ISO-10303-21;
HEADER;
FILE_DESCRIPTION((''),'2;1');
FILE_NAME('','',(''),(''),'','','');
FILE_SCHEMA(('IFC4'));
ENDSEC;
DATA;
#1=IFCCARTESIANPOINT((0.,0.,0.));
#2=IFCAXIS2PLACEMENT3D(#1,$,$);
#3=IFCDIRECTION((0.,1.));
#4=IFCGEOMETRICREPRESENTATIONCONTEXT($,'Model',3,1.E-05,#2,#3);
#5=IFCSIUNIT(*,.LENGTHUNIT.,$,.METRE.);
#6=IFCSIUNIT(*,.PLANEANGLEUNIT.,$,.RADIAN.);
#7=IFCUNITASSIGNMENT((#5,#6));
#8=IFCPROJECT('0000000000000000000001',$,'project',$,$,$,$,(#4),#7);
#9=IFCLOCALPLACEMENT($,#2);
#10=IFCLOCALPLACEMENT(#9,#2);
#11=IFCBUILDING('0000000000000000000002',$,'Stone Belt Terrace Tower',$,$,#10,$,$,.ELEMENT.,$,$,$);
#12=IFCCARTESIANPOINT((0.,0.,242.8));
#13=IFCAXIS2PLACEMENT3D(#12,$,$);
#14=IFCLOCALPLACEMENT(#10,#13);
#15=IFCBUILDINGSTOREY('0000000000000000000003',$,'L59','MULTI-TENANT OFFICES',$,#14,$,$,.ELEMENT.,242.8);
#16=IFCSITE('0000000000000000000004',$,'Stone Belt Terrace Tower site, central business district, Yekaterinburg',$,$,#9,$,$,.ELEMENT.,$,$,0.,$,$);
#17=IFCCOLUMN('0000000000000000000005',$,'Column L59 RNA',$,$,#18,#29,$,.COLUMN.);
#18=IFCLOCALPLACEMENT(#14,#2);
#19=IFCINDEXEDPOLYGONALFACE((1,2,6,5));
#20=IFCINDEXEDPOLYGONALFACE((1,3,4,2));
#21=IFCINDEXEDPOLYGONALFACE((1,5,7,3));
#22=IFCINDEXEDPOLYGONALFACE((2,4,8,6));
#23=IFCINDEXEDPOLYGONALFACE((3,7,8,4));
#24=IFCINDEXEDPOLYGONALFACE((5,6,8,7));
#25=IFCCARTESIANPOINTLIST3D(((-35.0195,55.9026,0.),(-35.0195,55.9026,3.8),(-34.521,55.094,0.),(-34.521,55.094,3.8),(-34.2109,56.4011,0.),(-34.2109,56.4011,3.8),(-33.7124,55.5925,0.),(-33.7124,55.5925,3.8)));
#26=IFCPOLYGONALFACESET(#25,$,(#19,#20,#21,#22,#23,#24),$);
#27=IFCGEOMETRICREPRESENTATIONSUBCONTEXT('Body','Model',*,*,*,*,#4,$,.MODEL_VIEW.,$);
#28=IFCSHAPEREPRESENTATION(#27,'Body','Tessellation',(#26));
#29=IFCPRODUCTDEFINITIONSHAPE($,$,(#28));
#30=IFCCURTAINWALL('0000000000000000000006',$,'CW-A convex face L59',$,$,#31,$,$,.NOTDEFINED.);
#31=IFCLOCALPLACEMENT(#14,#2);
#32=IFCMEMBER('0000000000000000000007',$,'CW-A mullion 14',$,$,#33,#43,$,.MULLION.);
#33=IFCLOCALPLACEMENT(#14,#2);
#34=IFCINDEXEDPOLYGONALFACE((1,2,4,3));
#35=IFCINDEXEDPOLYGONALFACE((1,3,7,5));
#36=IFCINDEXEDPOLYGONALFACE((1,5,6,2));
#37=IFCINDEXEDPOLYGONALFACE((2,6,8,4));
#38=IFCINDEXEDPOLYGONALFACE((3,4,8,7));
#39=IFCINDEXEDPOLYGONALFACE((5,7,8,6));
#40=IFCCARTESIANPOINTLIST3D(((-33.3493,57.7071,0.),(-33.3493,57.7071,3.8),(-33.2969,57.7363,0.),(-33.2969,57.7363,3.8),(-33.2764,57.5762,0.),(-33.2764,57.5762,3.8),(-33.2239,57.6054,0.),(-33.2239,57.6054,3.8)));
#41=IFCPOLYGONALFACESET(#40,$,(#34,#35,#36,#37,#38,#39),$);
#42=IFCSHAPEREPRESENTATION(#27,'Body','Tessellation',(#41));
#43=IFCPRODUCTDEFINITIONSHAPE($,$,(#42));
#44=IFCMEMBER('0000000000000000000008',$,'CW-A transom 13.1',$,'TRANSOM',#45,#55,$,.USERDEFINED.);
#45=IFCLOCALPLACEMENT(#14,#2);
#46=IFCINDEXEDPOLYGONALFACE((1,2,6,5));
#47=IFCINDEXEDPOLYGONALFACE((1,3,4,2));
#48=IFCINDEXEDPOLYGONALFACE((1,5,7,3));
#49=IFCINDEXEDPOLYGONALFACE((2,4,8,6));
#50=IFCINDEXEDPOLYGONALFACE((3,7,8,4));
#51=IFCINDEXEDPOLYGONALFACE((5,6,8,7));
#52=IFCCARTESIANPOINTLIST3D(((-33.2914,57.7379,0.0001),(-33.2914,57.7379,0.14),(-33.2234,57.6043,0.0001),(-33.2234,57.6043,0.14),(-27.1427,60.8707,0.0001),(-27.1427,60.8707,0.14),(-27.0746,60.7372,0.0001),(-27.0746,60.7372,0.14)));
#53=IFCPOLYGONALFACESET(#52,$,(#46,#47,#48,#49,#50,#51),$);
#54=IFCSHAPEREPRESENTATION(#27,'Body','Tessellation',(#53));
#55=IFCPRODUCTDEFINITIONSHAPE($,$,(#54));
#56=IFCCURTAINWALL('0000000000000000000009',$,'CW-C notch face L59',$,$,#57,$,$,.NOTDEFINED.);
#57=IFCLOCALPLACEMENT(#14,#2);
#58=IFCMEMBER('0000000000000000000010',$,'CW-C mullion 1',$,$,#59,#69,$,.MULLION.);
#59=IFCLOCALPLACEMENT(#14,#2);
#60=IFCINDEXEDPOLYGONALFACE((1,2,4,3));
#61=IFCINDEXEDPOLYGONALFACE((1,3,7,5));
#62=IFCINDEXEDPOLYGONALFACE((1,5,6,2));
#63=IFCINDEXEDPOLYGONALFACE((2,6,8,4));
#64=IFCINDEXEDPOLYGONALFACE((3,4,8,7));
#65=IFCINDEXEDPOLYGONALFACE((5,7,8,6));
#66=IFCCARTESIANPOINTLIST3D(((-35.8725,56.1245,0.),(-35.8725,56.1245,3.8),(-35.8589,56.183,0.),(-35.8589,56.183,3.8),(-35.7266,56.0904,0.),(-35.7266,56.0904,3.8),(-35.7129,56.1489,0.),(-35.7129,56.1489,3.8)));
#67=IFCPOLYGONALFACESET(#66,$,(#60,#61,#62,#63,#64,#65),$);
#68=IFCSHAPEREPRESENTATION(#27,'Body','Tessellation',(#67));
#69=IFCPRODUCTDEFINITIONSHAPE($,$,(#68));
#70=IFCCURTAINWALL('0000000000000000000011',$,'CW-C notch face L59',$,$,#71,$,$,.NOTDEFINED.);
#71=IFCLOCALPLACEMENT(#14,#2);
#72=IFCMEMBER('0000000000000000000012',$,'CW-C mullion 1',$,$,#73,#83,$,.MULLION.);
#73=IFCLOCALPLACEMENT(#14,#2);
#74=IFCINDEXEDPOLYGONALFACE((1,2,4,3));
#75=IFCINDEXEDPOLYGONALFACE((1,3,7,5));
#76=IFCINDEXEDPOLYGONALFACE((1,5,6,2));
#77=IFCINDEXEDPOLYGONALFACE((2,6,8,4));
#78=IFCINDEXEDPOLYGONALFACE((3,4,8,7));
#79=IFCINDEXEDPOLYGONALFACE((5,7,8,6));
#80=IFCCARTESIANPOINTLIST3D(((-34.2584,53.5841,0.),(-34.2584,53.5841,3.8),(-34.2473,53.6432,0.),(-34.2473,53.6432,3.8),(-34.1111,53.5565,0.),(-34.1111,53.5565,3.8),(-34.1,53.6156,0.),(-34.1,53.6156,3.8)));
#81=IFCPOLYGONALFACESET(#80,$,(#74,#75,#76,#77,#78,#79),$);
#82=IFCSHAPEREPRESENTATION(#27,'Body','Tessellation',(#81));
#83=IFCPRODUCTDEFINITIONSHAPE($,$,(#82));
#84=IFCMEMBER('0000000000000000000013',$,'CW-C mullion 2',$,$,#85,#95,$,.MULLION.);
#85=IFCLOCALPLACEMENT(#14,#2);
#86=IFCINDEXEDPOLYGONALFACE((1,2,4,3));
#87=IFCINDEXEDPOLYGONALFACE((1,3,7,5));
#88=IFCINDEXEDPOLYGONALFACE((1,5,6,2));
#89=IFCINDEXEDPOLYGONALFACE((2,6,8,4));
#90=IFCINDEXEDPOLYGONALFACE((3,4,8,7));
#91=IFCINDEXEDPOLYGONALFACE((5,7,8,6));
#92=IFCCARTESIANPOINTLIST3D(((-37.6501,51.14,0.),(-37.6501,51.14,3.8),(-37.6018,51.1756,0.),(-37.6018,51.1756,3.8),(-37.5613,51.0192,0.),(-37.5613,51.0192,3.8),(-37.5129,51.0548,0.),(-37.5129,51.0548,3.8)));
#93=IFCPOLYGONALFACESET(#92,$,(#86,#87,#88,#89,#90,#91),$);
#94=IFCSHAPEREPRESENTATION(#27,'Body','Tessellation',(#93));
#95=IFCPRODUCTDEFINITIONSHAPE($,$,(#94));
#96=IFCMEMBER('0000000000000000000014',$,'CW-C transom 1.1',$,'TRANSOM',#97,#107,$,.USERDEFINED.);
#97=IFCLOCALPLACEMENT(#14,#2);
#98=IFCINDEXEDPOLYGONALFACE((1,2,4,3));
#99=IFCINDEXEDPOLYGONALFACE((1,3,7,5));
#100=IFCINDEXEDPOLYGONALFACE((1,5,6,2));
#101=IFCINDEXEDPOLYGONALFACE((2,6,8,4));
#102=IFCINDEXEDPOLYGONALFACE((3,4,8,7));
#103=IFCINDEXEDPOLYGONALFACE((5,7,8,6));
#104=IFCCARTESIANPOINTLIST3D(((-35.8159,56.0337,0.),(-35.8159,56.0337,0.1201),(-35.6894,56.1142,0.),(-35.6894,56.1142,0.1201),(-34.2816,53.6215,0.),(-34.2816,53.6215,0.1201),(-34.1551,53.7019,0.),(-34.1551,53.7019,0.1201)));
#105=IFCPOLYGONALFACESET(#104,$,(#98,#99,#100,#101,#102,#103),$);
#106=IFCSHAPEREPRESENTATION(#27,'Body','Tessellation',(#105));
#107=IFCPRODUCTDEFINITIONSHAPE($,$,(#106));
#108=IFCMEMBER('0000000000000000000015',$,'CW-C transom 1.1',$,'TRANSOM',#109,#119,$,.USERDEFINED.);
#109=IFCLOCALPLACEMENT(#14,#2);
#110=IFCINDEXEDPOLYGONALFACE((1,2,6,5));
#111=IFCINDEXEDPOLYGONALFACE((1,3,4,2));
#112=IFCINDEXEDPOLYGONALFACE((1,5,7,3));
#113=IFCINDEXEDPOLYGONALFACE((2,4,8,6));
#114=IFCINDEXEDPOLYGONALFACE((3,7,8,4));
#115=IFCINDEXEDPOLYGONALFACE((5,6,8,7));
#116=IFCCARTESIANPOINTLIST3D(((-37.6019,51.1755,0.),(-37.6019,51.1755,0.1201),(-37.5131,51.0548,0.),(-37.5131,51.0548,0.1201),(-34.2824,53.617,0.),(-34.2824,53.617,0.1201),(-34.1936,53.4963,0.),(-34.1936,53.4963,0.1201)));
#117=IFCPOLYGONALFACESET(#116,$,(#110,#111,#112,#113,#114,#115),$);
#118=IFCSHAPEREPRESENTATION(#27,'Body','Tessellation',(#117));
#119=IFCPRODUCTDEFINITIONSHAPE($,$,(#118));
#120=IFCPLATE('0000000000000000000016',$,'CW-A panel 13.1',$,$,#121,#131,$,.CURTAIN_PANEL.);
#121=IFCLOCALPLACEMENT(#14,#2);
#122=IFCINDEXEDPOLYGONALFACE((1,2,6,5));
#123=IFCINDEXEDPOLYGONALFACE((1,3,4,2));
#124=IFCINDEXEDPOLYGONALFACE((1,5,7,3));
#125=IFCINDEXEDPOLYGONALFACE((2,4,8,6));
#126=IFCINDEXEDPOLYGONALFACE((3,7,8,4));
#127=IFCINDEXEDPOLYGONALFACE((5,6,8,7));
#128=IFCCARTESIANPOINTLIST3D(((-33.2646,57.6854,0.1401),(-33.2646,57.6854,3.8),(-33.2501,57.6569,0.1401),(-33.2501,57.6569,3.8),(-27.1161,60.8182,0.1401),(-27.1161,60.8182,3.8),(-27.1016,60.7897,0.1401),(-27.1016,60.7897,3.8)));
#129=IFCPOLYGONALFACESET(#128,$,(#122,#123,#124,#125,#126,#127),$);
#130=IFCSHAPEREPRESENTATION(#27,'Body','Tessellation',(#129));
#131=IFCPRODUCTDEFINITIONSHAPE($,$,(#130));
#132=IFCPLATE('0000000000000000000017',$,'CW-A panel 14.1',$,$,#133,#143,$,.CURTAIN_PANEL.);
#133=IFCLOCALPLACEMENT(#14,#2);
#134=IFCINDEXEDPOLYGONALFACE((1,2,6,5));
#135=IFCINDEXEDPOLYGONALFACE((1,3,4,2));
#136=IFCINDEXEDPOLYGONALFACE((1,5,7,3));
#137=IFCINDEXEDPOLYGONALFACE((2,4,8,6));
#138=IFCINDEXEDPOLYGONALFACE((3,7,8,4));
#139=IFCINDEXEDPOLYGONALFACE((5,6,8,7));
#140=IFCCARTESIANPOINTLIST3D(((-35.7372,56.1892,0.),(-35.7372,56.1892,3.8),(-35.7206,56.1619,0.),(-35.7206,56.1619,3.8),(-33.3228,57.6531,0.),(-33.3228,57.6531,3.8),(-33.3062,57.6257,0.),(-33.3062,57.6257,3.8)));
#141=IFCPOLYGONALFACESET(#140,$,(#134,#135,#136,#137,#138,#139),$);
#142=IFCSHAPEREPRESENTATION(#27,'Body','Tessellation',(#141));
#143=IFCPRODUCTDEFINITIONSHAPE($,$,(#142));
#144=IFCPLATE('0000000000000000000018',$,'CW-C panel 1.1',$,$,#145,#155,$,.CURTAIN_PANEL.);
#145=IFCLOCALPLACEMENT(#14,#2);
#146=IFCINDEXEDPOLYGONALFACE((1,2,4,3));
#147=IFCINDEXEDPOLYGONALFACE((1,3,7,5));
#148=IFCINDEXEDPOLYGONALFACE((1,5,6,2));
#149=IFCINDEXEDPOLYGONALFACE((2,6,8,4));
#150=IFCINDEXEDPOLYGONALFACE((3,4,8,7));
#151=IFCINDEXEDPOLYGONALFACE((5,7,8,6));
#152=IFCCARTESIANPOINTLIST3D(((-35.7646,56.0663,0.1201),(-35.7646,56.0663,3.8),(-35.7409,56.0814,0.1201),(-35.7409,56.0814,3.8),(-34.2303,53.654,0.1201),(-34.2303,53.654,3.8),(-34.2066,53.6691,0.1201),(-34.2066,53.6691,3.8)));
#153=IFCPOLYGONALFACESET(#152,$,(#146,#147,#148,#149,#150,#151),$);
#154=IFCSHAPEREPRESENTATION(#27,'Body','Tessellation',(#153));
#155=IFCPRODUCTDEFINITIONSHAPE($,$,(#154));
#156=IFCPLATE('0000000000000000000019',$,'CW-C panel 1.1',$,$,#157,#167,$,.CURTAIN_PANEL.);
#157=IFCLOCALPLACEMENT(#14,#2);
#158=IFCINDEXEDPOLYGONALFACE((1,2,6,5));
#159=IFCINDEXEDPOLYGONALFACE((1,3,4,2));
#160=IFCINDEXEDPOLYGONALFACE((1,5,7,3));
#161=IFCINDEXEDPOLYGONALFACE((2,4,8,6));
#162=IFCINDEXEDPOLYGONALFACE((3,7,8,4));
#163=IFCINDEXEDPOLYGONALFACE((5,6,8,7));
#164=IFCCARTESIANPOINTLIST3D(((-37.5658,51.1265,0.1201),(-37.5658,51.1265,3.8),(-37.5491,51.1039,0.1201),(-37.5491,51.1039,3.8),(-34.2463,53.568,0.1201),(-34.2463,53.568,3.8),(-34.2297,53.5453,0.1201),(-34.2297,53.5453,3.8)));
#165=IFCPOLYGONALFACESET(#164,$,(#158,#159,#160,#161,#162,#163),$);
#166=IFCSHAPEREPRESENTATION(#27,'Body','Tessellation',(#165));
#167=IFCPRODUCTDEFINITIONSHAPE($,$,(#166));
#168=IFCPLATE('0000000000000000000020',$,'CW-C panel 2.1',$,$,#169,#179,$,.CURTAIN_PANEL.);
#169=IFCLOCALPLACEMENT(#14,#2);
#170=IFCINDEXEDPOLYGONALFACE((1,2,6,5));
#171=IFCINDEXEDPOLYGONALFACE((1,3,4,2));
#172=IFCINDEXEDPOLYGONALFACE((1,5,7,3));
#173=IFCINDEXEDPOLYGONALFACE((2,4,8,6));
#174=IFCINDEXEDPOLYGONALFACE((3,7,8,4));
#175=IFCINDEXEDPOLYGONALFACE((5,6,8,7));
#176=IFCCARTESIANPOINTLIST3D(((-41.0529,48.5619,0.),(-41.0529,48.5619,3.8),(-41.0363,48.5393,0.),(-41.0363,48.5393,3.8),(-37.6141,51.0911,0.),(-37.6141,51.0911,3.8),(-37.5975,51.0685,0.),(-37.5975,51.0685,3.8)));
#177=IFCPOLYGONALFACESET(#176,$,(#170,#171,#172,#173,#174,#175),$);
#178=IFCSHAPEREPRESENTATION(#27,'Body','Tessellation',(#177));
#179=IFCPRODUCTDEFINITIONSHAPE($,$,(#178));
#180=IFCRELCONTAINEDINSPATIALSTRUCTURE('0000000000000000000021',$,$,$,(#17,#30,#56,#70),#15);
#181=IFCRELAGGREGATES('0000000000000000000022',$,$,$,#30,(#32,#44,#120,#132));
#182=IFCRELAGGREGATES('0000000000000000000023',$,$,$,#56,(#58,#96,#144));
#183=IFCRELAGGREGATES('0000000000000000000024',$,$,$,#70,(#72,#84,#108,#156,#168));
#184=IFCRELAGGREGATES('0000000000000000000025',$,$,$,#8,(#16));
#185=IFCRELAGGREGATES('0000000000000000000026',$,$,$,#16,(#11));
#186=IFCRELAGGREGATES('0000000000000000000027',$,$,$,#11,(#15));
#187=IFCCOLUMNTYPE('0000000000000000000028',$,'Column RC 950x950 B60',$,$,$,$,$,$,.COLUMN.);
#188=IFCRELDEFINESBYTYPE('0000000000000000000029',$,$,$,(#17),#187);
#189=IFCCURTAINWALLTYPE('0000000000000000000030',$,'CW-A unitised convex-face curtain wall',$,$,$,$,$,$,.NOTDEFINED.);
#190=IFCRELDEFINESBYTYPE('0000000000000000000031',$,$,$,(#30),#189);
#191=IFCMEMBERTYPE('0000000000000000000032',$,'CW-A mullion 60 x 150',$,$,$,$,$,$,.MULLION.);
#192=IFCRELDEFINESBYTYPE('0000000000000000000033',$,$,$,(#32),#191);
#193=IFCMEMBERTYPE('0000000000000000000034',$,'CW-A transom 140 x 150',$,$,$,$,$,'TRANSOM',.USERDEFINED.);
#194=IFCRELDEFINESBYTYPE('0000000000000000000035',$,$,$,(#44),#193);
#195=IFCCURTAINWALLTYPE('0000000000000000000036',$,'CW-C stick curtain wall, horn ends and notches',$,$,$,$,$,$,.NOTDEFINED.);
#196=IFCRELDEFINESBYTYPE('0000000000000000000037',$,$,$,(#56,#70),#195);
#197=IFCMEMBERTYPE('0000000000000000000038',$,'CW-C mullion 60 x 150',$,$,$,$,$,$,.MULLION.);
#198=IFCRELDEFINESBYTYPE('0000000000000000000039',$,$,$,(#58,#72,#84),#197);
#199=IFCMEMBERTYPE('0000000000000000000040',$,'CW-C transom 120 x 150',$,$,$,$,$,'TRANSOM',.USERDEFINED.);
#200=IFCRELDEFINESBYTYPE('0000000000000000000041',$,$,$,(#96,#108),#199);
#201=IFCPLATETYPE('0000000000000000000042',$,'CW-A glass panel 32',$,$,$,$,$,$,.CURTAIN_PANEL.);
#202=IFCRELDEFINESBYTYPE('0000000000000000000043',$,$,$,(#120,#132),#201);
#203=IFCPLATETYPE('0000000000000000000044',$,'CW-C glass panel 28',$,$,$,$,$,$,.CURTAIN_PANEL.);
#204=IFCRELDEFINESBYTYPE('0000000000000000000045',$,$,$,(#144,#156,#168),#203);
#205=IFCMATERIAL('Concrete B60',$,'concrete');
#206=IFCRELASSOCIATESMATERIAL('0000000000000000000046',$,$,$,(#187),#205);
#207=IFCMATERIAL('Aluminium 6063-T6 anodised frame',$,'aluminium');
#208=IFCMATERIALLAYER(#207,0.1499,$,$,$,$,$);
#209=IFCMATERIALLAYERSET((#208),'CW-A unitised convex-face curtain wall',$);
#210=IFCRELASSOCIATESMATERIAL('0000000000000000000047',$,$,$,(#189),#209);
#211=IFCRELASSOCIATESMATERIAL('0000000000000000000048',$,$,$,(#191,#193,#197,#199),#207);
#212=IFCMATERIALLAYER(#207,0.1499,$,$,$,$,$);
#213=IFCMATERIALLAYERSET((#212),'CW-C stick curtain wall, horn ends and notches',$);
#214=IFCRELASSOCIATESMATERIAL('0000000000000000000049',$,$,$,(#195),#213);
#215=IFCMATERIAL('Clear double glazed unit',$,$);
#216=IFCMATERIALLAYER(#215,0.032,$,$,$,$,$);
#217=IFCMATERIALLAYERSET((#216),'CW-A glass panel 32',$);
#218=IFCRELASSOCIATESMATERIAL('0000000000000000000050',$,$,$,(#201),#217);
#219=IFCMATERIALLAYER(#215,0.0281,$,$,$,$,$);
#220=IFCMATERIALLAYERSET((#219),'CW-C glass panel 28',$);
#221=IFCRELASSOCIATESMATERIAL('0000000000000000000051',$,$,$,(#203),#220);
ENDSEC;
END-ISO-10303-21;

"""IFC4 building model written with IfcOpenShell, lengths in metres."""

from ifc_helpers import new_model, si_unit, direction, frame, origin, origin_2d, place, context, subcontext, project, spatial, rectangle, extrude, material, layer, layer_set, material_profile, profile_set, type_object, element, aggregate, save


model = new_model("IFC4")

# Units and contexts
model_context = context("Model", 3, precision=1e-05, world=origin(), true_north=direction((0.0, 1.0)))
body_context = subcontext(model_context, "Body", "Model", "MODEL_VIEW")
ifc_project = project(units=[si_unit("LENGTHUNIT", "METRE"), si_unit("PLANEANGLEUNIT", "RADIAN")], contexts=[model_context])

# Site, building, storey
site_placement = place(None, origin())
site = spatial("IfcSite", under=ifc_project, at=site_placement, Name="Stone Belt Terrace Tower site, central business district, Yekaterinburg", CompositionType="ELEMENT", RefElevation=0.0)
building_placement = place(site_placement, origin())
building = spatial("IfcBuilding", under=site, at=building_placement, Name="Stone Belt Terrace Tower", CompositionType="ELEMENT")
storey_placement = place(building_placement, frame((0.0, 0.0, 242.8)))
storey = spatial("IfcBuildingStorey", under=building, at=storey_placement, Name="L59", Description="MULTI-TENANT OFFICES", CompositionType="ELEMENT", Elevation=242.8)

# Column
ifc_material_1 = material(Name="Concrete B60", Category="concrete")
ifc_material_profile_1 = material_profile(ifc_material_1, rectangle(XDim=0.95, YDim=0.95, at=origin_2d()), Name="RC 950x950")
ifc_profile_set_1 = profile_set([ifc_material_profile_1], Name="Concrete B60")
column_type = type_object("IfcColumnType", Name="Column RC 950x950 B60", PredefinedType="COLUMN", material=ifc_profile_set_1)
column_placement = place(storey_placement, frame((-34.366, 55.7476, 0.0), z_axis=(0.0, 0.0, 1.0), x_axis=(0.851251, 0.524759, 0.0)))
element("IfcColumn", 1, at=column_placement, inside=storey, type_object=column_type, Name="Column L59 RNA", PredefinedType="COLUMN", context=body_context, shape_type="SweptSolid", body=[
    extrude(rectangle(XDim=0.95, YDim=0.95, at=origin_2d()), origin(), (0.0, 0.0, 1.0), 3.8),
])

# Curtain wall, members
ifc_material_2 = material(Name="Aluminium 6063-T6 anodised frame", Category="aluminium")
ifc_layer_1 = layer(ifc_material_2, 0.1499)
ifc_layer_set_1 = layer_set([ifc_layer_1], Name="CW-A unitised convex-face curtain wall")
curtain_wall_type_1 = type_object("IfcCurtainWallType", Name="CW-A unitised convex-face curtain wall", PredefinedType="NOTDEFINED", material=ifc_layer_set_1)
curtain_wall_1_placement = place(storey_placement, origin())
curtain_wall_1 = element("IfcCurtainWall", 2, at=curtain_wall_1_placement, inside=storey, type_object=curtain_wall_type_1, Name="CW-A convex face L59", PredefinedType="NOTDEFINED")
ifc_material_profile_2 = material_profile(ifc_material_2, rectangle(XDim=0.1499, YDim=0.0601, at=origin_2d()), Name="Aluminium 6063-T6 60x150")
ifc_profile_set_2 = profile_set([ifc_material_profile_2], Name="Aluminium 6063-T6 anodised frame")
member_type_1 = type_object("IfcMemberType", Name="CW-A mullion 60 x 150", PredefinedType="MULLION", material=ifc_profile_set_2)
member_1_placement = place(storey_placement, frame((-33.2866, 57.6562, 0.0), z_axis=(0.0, 0.0, 1.0), x_axis=(0.486552, -0.873651, 0.0)))
member_1 = element("IfcMember", 3, at=member_1_placement, type_object=member_type_1, Name="CW-A mullion 14", PredefinedType="MULLION", context=body_context, shape_type="SweptSolid", body=[
    extrude(rectangle(XDim=0.1499, YDim=0.0601, at=origin_2d()), origin(), (0.0, 0.0, 1.0), 3.8),
])
ifc_material_profile_3 = material_profile(ifc_material_2, rectangle(XDim=0.1499, YDim=0.1399, at=origin_2d()), Name="Aluminium 6063-T6 150x140")
ifc_profile_set_3 = profile_set([ifc_material_profile_3], Name="Aluminium 6063-T6 anodised frame")
member_type_2 = type_object("IfcMemberType", Name="CW-A transom 140 x 150", ElementType="TRANSOM", PredefinedType="USERDEFINED", material=ifc_profile_set_3)
member_2_placement = place(storey_placement, frame((-27.1086, 60.804, 0.0701), z_axis=(-0.891012, -0.453979, 0.0), x_axis=(0.453979, -0.891012, 0.0)))
member_2 = element("IfcMember", 4, at=member_2_placement, type_object=member_type_2, Name="CW-A transom 13.1", ObjectType="TRANSOM", PredefinedType="USERDEFINED", context=body_context, shape_type="SweptSolid", body=[
    extrude(rectangle(XDim=0.1499, YDim=0.1399, at=origin_2d()), origin(), (0.0, 0.0, 1.0), 6.9009),
])

# Curtain wall, member
ifc_layer_2 = layer(ifc_material_2, 0.1499)
ifc_layer_set_2 = layer_set([ifc_layer_2], Name="CW-C stick curtain wall, horn ends and notches")
curtain_wall_type_2 = type_object("IfcCurtainWallType", Name="CW-C stick curtain wall, horn ends and notches", PredefinedType="NOTDEFINED", material=ifc_layer_set_2)
curtain_wall_2_placement = place(storey_placement, origin())
curtain_wall_2 = element("IfcCurtainWall", 5, at=curtain_wall_2_placement, inside=storey, type_object=curtain_wall_type_2, Name="CW-C notch face L59", PredefinedType="NOTDEFINED")
ifc_material_profile_4 = material_profile(ifc_material_2, rectangle(XDim=0.1499, YDim=0.0601, at=origin_2d()), Name="Aluminium 6063-T6 60x150")
ifc_profile_set_4 = profile_set([ifc_material_profile_4], Name="Aluminium 6063-T6 anodised frame")
member_type_3 = type_object("IfcMemberType", Name="CW-C mullion 60 x 150", PredefinedType="MULLION", material=ifc_profile_set_4)
member_3_placement = place(storey_placement, frame((-35.7927, 56.1367, 0.0), z_axis=(0.0, 0.0, 1.0), x_axis=(0.973749, -0.227626, 0.0)))
member_3 = element("IfcMember", 6, at=member_3_placement, type_object=member_type_3, Name="CW-C mullion 1", PredefinedType="MULLION", context=body_context, shape_type="SweptSolid", body=[
    extrude(rectangle(XDim=0.1499, YDim=0.0601, at=origin_2d()), origin(), (0.0, 0.0, 1.0), 3.8),
])

# Curtain wall, members
curtain_wall_3_placement = place(storey_placement, origin())
curtain_wall_3 = element("IfcCurtainWall", 7, at=curtain_wall_3_placement, inside=storey, type_object=curtain_wall_type_2, Name="CW-C notch face L59", PredefinedType="NOTDEFINED")
member_4_placement = place(storey_placement, frame((-34.1792, 53.5999, 0.0), z_axis=(0.0, 0.0, 1.0), x_axis=(0.982921, -0.184029, 0.0)))
member_4 = element("IfcMember", 8, at=member_4_placement, type_object=member_type_3, Name="CW-C mullion 1", PredefinedType="MULLION", context=body_context, shape_type="SweptSolid", body=[
    extrude(rectangle(XDim=0.1499, YDim=0.0601, at=origin_2d()), origin(), (0.0, 0.0, 1.0), 3.8),
])
member_5_placement = place(storey_placement, frame((-37.5815, 51.0974, 0.0), z_axis=(0.0, 0.0, 1.0), x_axis=(0.592492, -0.805576, 0.0)))
member_5 = element("IfcMember", 9, at=member_5_placement, type_object=member_type_3, Name="CW-C mullion 2", PredefinedType="MULLION", context=body_context, shape_type="SweptSolid", body=[
    extrude(rectangle(XDim=0.1499, YDim=0.0601, at=origin_2d()), origin(), (0.0, 0.0, 1.0), 3.8),
])

# Members
ifc_material_profile_5 = material_profile(ifc_material_2, rectangle(XDim=0.1499, YDim=0.1201, at=origin_2d()), Name="Aluminium 6063-T6 150x120")
ifc_profile_set_5 = profile_set([ifc_material_profile_5], Name="Aluminium 6063-T6 anodised frame")
member_type_4 = type_object("IfcMemberType", Name="CW-C transom 120 x 150", ElementType="TRANSOM", PredefinedType="USERDEFINED", material=ifc_profile_set_5)
member_6_placement = place(storey_placement, frame((-35.7527, 56.074, 0.0601), z_axis=(0.536699, -0.843774, 0.0), x_axis=(0.843774, 0.536699, 0.0)))
member_6 = element("IfcMember", 10, at=member_6_placement, type_object=member_type_4, Name="CW-C transom 1.1", ObjectType="TRANSOM", PredefinedType="USERDEFINED", context=body_context, shape_type="SweptSolid", body=[
    extrude(rectangle(XDim=0.1499, YDim=0.1201, at=origin_2d()), origin(), (0.0, 0.0, 1.0), 2.8589),
])
member_7_placement = place(storey_placement, frame((-34.238, 53.5566, 0.0601), z_axis=(-0.805568, -0.592504, 0.0), x_axis=(0.592504, -0.805568, 0.0)))
member_7 = element("IfcMember", 11, at=member_7_placement, type_object=member_type_4, Name="CW-C transom 1.1", ObjectType="TRANSOM", PredefinedType="USERDEFINED", context=body_context, shape_type="SweptSolid", body=[
    extrude(rectangle(XDim=0.1499, YDim=0.1201, at=origin_2d()), origin(), (0.0, 0.0, 1.0), 4.1206),
])

# Plates
ifc_material_3 = material(Name="Clear double glazed unit")
ifc_layer_3 = layer(ifc_material_3, 0.032)
ifc_layer_set_3 = layer_set([ifc_layer_3], Name="CW-A glass panel 32")
plate_type_1 = type_object("IfcPlateType", Name="CW-A glass panel 32", PredefinedType="CURTAIN_PANEL", material=ifc_layer_set_3)
plate_1_placement = place(storey_placement, frame((-30.1831, 59.2375, 0.1401), z_axis=(0.0, 0.0, 1.0), x_axis=(-0.891007, -0.45399, 0.0)))
plate_1 = element("IfcPlate", 12, at=plate_1_placement, type_object=plate_type_1, Name="CW-A panel 13.1", PredefinedType="CURTAIN_PANEL", context=body_context, shape_type="SweptSolid", body=[
    extrude(rectangle(XDim=6.9006, YDim=0.032, at=origin_2d()), origin(), (0.0, 0.0, 1.0), 3.6599),
])
plate_2_placement = place(storey_placement, frame((-34.5217, 56.9075, 0.0), z_axis=(0.0, 0.0, 1.0), x_axis=(-0.855107, -0.518452, 0.0)))
plate_2 = element("IfcPlate", 13, at=plate_2_placement, type_object=plate_type_1, Name="CW-A panel 14.1", PredefinedType="CURTAIN_PANEL", context=body_context, shape_type="SweptSolid", body=[
    extrude(rectangle(XDim=2.8235, YDim=0.032, at=origin_2d()), origin(), (0.0, 0.0, 1.0), 3.8),
])
aggregate(curtain_wall_1, [member_1, member_2, plate_1, plate_2])
ifc_layer_4 = layer(ifc_material_3, 0.0281)
ifc_layer_set_4 = layer_set([ifc_layer_4], Name="CW-C glass panel 28")
plate_type_2 = type_object("IfcPlateType", Name="CW-C glass panel 28", PredefinedType="CURTAIN_PANEL", material=ifc_layer_set_4)
plate_3_placement = place(storey_placement, frame((-34.9856, 54.8677, 0.1201), z_axis=(0.0, 0.0, 1.0), x_axis=(0.536665, -0.843795, 0.0)))
plate_3 = element("IfcPlate", 14, at=plate_3_placement, type_object=plate_type_2, Name="CW-C panel 1.1", PredefinedType="CURTAIN_PANEL", context=body_context, shape_type="SweptSolid", body=[
    extrude(rectangle(XDim=2.8589, YDim=0.0281, at=origin_2d()), origin(), (0.0, 0.0, 1.0), 3.6799),
])
aggregate(curtain_wall_2, [member_3, member_6, plate_3])
plate_4_placement = place(storey_placement, frame((-35.8977, 52.3359, 0.1201), z_axis=(0.0, 0.0, 1.0), x_axis=(-0.805576, -0.592492, 0.0)))
plate_4 = element("IfcPlate", 15, at=plate_4_placement, type_object=plate_type_2, Name="CW-C panel 1.1", PredefinedType="CURTAIN_PANEL", context=body_context, shape_type="SweptSolid", body=[
    extrude(rectangle(XDim=4.1206, YDim=0.0281, at=origin_2d()), origin(), (0.0, 0.0, 1.0), 3.6799),
])
plate_5_placement = place(storey_placement, frame((-39.3252, 49.8152, 0.0), z_axis=(0.0, 0.0, 1.0), x_axis=(-0.805576, -0.592492, 0.0)))
plate_5 = element("IfcPlate", 16, at=plate_5_placement, type_object=plate_type_2, Name="CW-C panel 2.1", PredefinedType="CURTAIN_PANEL", context=body_context, shape_type="SweptSolid", body=[
    extrude(rectangle(XDim=4.2688, YDim=0.0281, at=origin_2d()), origin(), (0.0, 0.0, 1.0), 3.8),
])
aggregate(curtain_wall_3, [member_4, member_5, member_7, plate_4, plate_5])

save(model, "model.ifc")
